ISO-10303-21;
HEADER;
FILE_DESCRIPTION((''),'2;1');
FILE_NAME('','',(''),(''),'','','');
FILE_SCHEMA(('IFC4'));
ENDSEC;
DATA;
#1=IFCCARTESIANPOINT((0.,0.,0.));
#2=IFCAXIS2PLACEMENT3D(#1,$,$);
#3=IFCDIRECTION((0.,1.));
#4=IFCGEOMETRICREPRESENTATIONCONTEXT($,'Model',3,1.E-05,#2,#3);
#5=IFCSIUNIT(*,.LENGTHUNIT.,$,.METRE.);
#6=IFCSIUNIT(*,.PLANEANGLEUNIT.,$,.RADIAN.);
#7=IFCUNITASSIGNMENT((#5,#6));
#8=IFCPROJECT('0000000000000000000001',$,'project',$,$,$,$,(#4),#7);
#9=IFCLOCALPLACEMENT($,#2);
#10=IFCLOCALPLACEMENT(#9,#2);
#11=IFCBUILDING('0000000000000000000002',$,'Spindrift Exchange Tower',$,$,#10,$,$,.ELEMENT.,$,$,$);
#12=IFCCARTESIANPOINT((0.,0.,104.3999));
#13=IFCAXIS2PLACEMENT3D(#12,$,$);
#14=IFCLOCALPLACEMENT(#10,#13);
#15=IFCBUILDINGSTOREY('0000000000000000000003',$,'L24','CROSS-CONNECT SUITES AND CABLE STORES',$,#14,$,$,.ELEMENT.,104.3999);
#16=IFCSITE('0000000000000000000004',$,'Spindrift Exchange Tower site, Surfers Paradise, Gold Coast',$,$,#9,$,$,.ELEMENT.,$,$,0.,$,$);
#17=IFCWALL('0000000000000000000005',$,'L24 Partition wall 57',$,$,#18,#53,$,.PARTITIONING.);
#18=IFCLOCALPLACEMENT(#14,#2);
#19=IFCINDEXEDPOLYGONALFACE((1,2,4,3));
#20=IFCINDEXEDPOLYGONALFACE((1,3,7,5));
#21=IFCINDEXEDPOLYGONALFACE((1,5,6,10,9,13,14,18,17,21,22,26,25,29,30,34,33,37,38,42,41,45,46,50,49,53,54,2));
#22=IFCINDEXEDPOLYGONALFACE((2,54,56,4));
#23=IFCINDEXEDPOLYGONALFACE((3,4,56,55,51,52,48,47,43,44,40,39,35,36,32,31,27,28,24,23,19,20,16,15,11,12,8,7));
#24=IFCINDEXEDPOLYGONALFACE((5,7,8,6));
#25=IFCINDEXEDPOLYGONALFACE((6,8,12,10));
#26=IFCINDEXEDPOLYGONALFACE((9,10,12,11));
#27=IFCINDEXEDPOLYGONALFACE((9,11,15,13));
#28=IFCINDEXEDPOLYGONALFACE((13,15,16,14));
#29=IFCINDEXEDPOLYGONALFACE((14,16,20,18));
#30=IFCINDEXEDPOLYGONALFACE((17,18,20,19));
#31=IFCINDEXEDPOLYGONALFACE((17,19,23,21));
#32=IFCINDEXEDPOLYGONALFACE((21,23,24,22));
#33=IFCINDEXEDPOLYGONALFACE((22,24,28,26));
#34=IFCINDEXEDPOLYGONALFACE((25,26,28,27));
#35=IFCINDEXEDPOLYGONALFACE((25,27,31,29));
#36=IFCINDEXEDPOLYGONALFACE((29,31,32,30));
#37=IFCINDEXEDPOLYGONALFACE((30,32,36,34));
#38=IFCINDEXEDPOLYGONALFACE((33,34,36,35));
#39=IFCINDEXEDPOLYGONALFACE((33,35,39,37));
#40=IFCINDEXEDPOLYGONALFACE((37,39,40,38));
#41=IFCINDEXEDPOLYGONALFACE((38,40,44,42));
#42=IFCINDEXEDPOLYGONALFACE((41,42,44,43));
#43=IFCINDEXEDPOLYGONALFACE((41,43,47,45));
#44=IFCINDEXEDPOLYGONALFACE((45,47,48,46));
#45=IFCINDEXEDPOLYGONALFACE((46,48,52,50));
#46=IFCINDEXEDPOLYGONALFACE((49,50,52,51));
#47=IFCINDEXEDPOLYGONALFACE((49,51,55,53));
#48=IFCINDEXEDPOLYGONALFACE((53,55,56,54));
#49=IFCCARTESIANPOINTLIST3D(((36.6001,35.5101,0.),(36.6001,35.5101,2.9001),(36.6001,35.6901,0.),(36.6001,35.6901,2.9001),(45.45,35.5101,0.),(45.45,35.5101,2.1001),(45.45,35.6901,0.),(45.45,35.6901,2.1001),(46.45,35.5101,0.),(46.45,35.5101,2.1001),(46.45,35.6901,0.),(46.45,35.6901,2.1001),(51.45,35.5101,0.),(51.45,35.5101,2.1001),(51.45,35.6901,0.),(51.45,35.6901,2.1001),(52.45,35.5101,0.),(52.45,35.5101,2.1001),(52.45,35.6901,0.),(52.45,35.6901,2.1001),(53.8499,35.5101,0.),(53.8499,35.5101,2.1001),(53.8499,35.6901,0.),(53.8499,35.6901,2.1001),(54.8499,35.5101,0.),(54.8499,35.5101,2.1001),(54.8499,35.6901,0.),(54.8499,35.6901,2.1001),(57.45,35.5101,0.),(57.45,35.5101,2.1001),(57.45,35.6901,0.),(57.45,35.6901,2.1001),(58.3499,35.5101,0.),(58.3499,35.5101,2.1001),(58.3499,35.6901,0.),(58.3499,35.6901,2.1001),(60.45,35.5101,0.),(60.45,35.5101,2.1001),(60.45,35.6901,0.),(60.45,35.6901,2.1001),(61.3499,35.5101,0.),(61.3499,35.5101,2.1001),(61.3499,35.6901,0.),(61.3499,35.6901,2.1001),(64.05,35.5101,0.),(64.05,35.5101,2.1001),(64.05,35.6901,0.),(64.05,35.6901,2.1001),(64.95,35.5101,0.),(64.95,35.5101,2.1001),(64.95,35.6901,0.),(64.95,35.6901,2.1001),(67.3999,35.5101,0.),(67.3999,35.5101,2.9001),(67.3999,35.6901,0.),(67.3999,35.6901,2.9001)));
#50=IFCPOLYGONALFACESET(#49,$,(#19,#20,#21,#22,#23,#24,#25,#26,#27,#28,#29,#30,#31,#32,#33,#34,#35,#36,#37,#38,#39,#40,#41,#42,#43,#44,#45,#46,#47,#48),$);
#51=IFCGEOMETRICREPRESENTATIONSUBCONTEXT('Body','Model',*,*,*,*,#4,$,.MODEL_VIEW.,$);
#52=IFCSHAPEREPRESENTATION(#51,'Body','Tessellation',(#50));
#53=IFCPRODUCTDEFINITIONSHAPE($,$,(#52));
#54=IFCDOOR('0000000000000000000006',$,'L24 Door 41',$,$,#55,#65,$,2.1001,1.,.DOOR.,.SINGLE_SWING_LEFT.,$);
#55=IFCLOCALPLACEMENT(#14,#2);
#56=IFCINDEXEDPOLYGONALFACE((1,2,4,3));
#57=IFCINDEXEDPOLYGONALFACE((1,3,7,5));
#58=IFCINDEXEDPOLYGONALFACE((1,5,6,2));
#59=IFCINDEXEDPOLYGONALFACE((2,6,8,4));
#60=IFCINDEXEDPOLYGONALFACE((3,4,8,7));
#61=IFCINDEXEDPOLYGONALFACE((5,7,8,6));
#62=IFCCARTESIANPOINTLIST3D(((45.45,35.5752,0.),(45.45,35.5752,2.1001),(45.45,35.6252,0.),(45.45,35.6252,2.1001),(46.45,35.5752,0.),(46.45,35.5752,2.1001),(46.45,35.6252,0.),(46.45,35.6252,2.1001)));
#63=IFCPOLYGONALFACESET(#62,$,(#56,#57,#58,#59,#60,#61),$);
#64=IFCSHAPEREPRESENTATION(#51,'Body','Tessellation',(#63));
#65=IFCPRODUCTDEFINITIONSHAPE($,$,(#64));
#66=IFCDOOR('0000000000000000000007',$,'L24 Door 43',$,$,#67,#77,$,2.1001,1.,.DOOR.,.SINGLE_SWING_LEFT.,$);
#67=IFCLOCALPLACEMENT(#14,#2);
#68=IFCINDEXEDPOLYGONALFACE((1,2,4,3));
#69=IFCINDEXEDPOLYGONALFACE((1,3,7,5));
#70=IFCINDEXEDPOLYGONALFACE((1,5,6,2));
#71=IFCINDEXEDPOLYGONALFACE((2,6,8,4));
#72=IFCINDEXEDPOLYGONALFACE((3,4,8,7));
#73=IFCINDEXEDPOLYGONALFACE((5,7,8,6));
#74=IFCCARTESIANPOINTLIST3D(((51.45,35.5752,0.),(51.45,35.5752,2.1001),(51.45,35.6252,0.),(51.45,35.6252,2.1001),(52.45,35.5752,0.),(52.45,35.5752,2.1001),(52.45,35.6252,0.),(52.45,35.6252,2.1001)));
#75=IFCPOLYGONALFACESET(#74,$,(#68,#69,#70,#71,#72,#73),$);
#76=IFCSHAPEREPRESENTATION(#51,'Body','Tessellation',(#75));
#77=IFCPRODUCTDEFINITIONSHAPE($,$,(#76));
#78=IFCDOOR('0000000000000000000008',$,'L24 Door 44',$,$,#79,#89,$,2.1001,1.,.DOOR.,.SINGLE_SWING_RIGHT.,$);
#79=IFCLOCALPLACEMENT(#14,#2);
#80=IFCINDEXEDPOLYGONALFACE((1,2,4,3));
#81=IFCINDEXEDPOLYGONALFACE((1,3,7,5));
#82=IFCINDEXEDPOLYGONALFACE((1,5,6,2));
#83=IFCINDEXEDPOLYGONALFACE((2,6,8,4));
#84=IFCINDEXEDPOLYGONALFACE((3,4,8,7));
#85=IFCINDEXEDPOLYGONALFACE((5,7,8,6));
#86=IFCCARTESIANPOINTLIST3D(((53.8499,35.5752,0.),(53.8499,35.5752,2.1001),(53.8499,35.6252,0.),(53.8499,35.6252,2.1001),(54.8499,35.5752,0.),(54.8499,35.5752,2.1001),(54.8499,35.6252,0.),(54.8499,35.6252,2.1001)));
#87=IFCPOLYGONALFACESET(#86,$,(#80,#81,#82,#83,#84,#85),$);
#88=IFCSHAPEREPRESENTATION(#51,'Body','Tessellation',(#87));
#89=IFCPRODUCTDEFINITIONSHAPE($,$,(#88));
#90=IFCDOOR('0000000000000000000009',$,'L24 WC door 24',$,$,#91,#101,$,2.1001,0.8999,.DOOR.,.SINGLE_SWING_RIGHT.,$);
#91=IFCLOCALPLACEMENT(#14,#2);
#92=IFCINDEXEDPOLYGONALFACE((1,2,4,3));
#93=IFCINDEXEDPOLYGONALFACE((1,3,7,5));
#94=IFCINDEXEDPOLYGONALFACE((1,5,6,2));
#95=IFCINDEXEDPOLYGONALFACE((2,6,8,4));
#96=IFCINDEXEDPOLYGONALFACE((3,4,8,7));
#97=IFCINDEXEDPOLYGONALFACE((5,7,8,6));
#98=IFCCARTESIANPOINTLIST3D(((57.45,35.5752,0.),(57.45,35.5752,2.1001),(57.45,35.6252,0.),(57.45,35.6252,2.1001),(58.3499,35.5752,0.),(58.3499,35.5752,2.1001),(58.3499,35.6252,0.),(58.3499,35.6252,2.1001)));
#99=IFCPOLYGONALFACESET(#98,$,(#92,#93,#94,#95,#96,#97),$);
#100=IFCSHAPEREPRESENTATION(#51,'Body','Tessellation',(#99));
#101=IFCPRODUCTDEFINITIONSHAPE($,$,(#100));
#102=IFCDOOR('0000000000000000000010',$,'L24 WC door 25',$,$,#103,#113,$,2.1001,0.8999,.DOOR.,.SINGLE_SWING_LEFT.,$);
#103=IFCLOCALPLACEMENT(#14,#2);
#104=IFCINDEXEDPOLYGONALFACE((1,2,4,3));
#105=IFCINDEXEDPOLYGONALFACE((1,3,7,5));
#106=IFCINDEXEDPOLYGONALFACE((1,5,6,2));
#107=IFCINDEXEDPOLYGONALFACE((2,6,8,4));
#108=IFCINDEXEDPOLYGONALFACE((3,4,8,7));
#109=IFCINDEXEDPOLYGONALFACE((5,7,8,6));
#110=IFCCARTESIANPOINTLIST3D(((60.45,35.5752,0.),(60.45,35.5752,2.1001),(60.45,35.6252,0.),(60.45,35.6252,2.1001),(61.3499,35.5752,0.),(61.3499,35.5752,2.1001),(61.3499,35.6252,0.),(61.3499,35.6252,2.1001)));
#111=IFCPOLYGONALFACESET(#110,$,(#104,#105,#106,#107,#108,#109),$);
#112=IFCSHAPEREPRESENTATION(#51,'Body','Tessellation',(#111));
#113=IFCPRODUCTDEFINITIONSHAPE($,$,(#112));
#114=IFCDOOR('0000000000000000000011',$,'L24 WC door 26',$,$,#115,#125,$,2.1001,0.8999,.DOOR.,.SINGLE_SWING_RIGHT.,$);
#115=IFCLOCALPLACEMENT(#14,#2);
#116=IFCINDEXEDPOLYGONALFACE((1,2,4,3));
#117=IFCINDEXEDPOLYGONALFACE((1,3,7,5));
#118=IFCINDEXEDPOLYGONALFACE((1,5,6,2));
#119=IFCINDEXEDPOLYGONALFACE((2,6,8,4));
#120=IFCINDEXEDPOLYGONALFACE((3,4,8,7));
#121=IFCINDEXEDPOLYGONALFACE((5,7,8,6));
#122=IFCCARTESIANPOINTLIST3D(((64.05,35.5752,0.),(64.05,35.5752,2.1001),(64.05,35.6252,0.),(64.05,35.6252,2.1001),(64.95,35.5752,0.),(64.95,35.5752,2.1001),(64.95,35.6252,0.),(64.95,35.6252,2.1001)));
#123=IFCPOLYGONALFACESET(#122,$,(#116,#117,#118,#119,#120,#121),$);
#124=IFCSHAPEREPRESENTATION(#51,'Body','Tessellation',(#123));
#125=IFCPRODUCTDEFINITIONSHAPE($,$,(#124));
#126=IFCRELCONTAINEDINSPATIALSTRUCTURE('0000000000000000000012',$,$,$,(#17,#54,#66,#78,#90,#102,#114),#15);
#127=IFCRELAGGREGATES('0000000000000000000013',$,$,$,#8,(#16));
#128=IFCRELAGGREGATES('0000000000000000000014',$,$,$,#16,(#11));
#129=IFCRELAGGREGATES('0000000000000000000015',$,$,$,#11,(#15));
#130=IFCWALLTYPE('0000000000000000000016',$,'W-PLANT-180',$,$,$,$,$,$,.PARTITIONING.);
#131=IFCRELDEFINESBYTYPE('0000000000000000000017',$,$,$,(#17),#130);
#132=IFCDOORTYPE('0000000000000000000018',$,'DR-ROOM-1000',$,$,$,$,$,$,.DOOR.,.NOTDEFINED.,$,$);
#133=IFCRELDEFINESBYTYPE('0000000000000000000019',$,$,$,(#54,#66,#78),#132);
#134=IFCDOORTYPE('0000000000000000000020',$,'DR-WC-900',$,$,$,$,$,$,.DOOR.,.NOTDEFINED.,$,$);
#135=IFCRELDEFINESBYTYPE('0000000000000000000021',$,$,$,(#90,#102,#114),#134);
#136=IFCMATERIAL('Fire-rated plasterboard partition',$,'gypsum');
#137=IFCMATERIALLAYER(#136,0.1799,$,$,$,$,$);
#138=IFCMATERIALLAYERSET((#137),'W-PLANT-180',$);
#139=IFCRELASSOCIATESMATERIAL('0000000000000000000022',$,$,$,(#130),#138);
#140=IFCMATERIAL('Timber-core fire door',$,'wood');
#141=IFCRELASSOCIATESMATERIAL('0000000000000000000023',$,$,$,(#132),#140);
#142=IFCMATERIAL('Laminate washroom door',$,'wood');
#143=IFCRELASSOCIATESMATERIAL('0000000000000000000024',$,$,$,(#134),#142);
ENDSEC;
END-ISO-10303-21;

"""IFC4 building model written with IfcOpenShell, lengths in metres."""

from ifc_helpers import new_model, si_unit, direction, frame, frame_2d, origin, place, context, subcontext, project, spatial, rectangle, extrude, source, transform, mapped, material, layer, layer_set, type_object, element, fill, save


model = new_model("IFC4")

# Units and contexts
model_context = context("Model", 3, precision=1e-05, world=origin(), true_north=direction((0.0, 1.0)))
body_context = subcontext(model_context, "Body", "Model", "MODEL_VIEW")
ifc_project = project(units=[si_unit("LENGTHUNIT", "METRE"), si_unit("PLANEANGLEUNIT", "RADIAN")], contexts=[model_context])

# Site, building, storey
site_placement = place(None, origin())
site = spatial("IfcSite", under=ifc_project, at=site_placement, Name="Spindrift Exchange Tower site, Surfers Paradise, Gold Coast", CompositionType="ELEMENT", RefElevation=0.0)
building_placement = place(site_placement, origin())
building = spatial("IfcBuilding", under=site, at=building_placement, Name="Spindrift Exchange Tower", CompositionType="ELEMENT")
storey_placement = place(building_placement, frame((0.0, 0.0, 104.3999)))
storey = spatial("IfcBuildingStorey", under=building, at=storey_placement, Name="L24", Description="CROSS-CONNECT SUITES AND CABLE STORES", CompositionType="ELEMENT", Elevation=104.3999)

# Shared definitions
ifc_material_1 = material(Name="Fire-rated plasterboard partition", Category="gypsum")

# Wall, openings, doors
ifc_layer_1 = layer(ifc_material_1, 0.1799)
ifc_layer_set_1 = layer_set([ifc_layer_1], Name="W-PLANT-180")
wall_type_1 = type_object("IfcWallType", Name="W-PLANT-180", PredefinedType="PARTITIONING", material=ifc_layer_set_1)
wall_1_placement = place(storey_placement, frame((67.3999, 35.6001, 0.0), z_axis=(0.0, 0.0, 1.0), x_axis=(-1.0, 0.0, 0.0)))
wall_1 = element("IfcWall", 1, at=wall_1_placement, inside=storey, type_object=wall_type_1, Name="L24 Partition wall 57", PredefinedType="PARTITIONING", context=body_context, shape_type="SweptSolid", body=[
    extrude(rectangle(XDim=30.7998, YDim=0.1799, at=frame_2d((15.3999, 0.0))), origin(), (0.0, 0.0, 1.0), 2.9001),
])
opening_1_placement = place(wall_1_placement, frame((9.05, 0.0, 0.0)))
opening_1 = element("IfcOpeningElement", 2, at=opening_1_placement, cuts=wall_1, PredefinedType="OPENING", context=body_context, shape_type="SweptSolid", body=[
    extrude(rectangle(XDim=0.8999, YDim=2.1001, at=frame_2d((0.45, 1.05))), frame((0.0, 0.0999, 0.0), z_axis=(0.0, -1.0, 0.0), x_axis=(1.0, 0.0, 0.0)), (0.0, 0.0, 1.0), 0.2),
])
opening_2_placement = place(wall_1_placement, frame((6.05, 0.0, 0.0)))
opening_2 = element("IfcOpeningElement", 3, at=opening_2_placement, cuts=wall_1, PredefinedType="OPENING", context=body_context, shape_type="SweptSolid", body=[
    extrude(rectangle(XDim=0.8999, YDim=2.1001, at=frame_2d((0.45, 1.05))), frame((0.0, 0.0999, 0.0), z_axis=(0.0, -1.0, 0.0), x_axis=(1.0, 0.0, 0.0)), (0.0, 0.0, 1.0), 0.2),
])
opening_3_placement = place(wall_1_placement, frame((2.45, 0.0, 0.0)))
opening_3 = element("IfcOpeningElement", 4, at=opening_3_placement, cuts=wall_1, PredefinedType="OPENING", context=body_context, shape_type="SweptSolid", body=[
    extrude(rectangle(XDim=0.8999, YDim=2.1001, at=frame_2d((0.45, 1.05))), frame((0.0, 0.0999, 0.0), z_axis=(0.0, -1.0, 0.0), x_axis=(1.0, 0.0, 0.0)), (0.0, 0.0, 1.0), 0.2),
])
opening_4_placement = place(wall_1_placement, frame((20.95, 0.0, 0.0)))
opening_4 = element("IfcOpeningElement", 5, at=opening_4_placement, cuts=wall_1, PredefinedType="OPENING", context=body_context, shape_type="SweptSolid", body=[
    extrude(rectangle(XDim=1.0, YDim=2.1001, at=frame_2d((0.5, 1.05))), frame((0.0, 0.0999, 0.0), z_axis=(0.0, -1.0, 0.0), x_axis=(1.0, 0.0, 0.0)), (0.0, 0.0, 1.0), 0.2),
])
opening_5_placement = place(wall_1_placement, frame((14.95, 0.0, 0.0)))
opening_5 = element("IfcOpeningElement", 6, at=opening_5_placement, cuts=wall_1, PredefinedType="OPENING", context=body_context, shape_type="SweptSolid", body=[
    extrude(rectangle(XDim=1.0, YDim=2.1001, at=frame_2d((0.5, 1.05))), frame((0.0, 0.0999, 0.0), z_axis=(0.0, -1.0, 0.0), x_axis=(1.0, 0.0, 0.0)), (0.0, 0.0, 1.0), 0.2),
])
opening_6_placement = place(wall_1_placement, frame((12.55, 0.0, 0.0)))
opening_6 = element("IfcOpeningElement", 7, at=opening_6_placement, cuts=wall_1, PredefinedType="OPENING", context=body_context, shape_type="SweptSolid", body=[
    extrude(rectangle(XDim=1.0, YDim=2.1001, at=frame_2d((0.5, 1.05))), frame((0.0, 0.0999, 0.0), z_axis=(0.0, -1.0, 0.0), x_axis=(1.0, 0.0, 0.0)), (0.0, 0.0, 1.0), 0.2),
])
ifc_material_2 = material(Name="Timber-core fire door", Category="wood")
door_type_1 = type_object("IfcDoorType", Name="DR-ROOM-1000", OperationType="NOTDEFINED", PredefinedType="DOOR", material=ifc_material_2)
shared_shape_1 = source(origin(), body_context, "Body", "SweptSolid", [
    extrude(rectangle(XDim=1.0, YDim=2.1001, at=frame_2d((0.5, 1.05))), frame((0.0, 0.0249, 0.0), z_axis=(0.0, -1.0, 0.0), x_axis=(1.0, 0.0, 0.0)), (0.0, 0.0, 1.0), 0.05),
])
door_1_placement = place(opening_4_placement, origin())
door_1 = element("IfcDoor", 8, at=door_1_placement, inside=storey, type_object=door_type_1, Name="L24 Door 41", OperationType="SINGLE_SWING_LEFT", OverallHeight=2.1001, OverallWidth=1.0, PredefinedType="DOOR", context=body_context, shape_type="MappedRepresentation", body=[
    mapped(shared_shape_1, transform((0.0, 0.0, 0.0), scale=1.0)),
])
fill(opening_4, door_1)
door_2_placement = place(opening_5_placement, origin())
door_2 = element("IfcDoor", 9, at=door_2_placement, inside=storey, type_object=door_type_1, Name="L24 Door 43", OperationType="SINGLE_SWING_LEFT", OverallHeight=2.1001, OverallWidth=1.0, PredefinedType="DOOR", context=body_context, shape_type="MappedRepresentation", body=[
    mapped(shared_shape_1, transform((0.0, 0.0, 0.0), scale=1.0)),
])
fill(opening_5, door_2)
door_3_placement = place(opening_6_placement, origin())
door_3 = element("IfcDoor", 10, at=door_3_placement, inside=storey, type_object=door_type_1, Name="L24 Door 44", OperationType="SINGLE_SWING_RIGHT", OverallHeight=2.1001, OverallWidth=1.0, PredefinedType="DOOR", context=body_context, shape_type="MappedRepresentation", body=[
    mapped(shared_shape_1, transform((0.0, 0.0, 0.0), scale=1.0)),
])
fill(opening_6, door_3)
ifc_material_3 = material(Name="Laminate washroom door", Category="wood")
door_type_2 = type_object("IfcDoorType", Name="DR-WC-900", OperationType="NOTDEFINED", PredefinedType="DOOR", material=ifc_material_3)
shared_shape_2 = source(origin(), body_context, "Body", "SweptSolid", [
    extrude(rectangle(XDim=0.8999, YDim=2.1001, at=frame_2d((0.45, 1.05))), frame((0.0, 0.0249, 0.0), z_axis=(0.0, -1.0, 0.0), x_axis=(1.0, 0.0, 0.0)), (0.0, 0.0, 1.0), 0.05),
])
door_4_placement = place(opening_1_placement, origin())
door_4 = element("IfcDoor", 11, at=door_4_placement, inside=storey, type_object=door_type_2, Name="L24 WC door 24", OperationType="SINGLE_SWING_RIGHT", OverallHeight=2.1001, OverallWidth=0.8999, PredefinedType="DOOR", context=body_context, shape_type="MappedRepresentation", body=[
    mapped(shared_shape_2, transform((0.0, 0.0, 0.0), scale=1.0)),
])
fill(opening_1, door_4)
door_5_placement = place(opening_2_placement, origin())
door_5 = element("IfcDoor", 12, at=door_5_placement, inside=storey, type_object=door_type_2, Name="L24 WC door 25", OperationType="SINGLE_SWING_LEFT", OverallHeight=2.1001, OverallWidth=0.8999, PredefinedType="DOOR", context=body_context, shape_type="MappedRepresentation", body=[
    mapped(shared_shape_2, transform((0.0, 0.0, 0.0), scale=1.0)),
])
fill(opening_2, door_5)
door_6_placement = place(opening_3_placement, origin())
door_6 = element("IfcDoor", 13, at=door_6_placement, inside=storey, type_object=door_type_2, Name="L24 WC door 26", OperationType="SINGLE_SWING_RIGHT", OverallHeight=2.1001, OverallWidth=0.8999, PredefinedType="DOOR", context=body_context, shape_type="MappedRepresentation", body=[
    mapped(shared_shape_2, transform((0.0, 0.0, 0.0), scale=1.0)),
])
fill(opening_3, door_6)

save(model, "model.ifc")
